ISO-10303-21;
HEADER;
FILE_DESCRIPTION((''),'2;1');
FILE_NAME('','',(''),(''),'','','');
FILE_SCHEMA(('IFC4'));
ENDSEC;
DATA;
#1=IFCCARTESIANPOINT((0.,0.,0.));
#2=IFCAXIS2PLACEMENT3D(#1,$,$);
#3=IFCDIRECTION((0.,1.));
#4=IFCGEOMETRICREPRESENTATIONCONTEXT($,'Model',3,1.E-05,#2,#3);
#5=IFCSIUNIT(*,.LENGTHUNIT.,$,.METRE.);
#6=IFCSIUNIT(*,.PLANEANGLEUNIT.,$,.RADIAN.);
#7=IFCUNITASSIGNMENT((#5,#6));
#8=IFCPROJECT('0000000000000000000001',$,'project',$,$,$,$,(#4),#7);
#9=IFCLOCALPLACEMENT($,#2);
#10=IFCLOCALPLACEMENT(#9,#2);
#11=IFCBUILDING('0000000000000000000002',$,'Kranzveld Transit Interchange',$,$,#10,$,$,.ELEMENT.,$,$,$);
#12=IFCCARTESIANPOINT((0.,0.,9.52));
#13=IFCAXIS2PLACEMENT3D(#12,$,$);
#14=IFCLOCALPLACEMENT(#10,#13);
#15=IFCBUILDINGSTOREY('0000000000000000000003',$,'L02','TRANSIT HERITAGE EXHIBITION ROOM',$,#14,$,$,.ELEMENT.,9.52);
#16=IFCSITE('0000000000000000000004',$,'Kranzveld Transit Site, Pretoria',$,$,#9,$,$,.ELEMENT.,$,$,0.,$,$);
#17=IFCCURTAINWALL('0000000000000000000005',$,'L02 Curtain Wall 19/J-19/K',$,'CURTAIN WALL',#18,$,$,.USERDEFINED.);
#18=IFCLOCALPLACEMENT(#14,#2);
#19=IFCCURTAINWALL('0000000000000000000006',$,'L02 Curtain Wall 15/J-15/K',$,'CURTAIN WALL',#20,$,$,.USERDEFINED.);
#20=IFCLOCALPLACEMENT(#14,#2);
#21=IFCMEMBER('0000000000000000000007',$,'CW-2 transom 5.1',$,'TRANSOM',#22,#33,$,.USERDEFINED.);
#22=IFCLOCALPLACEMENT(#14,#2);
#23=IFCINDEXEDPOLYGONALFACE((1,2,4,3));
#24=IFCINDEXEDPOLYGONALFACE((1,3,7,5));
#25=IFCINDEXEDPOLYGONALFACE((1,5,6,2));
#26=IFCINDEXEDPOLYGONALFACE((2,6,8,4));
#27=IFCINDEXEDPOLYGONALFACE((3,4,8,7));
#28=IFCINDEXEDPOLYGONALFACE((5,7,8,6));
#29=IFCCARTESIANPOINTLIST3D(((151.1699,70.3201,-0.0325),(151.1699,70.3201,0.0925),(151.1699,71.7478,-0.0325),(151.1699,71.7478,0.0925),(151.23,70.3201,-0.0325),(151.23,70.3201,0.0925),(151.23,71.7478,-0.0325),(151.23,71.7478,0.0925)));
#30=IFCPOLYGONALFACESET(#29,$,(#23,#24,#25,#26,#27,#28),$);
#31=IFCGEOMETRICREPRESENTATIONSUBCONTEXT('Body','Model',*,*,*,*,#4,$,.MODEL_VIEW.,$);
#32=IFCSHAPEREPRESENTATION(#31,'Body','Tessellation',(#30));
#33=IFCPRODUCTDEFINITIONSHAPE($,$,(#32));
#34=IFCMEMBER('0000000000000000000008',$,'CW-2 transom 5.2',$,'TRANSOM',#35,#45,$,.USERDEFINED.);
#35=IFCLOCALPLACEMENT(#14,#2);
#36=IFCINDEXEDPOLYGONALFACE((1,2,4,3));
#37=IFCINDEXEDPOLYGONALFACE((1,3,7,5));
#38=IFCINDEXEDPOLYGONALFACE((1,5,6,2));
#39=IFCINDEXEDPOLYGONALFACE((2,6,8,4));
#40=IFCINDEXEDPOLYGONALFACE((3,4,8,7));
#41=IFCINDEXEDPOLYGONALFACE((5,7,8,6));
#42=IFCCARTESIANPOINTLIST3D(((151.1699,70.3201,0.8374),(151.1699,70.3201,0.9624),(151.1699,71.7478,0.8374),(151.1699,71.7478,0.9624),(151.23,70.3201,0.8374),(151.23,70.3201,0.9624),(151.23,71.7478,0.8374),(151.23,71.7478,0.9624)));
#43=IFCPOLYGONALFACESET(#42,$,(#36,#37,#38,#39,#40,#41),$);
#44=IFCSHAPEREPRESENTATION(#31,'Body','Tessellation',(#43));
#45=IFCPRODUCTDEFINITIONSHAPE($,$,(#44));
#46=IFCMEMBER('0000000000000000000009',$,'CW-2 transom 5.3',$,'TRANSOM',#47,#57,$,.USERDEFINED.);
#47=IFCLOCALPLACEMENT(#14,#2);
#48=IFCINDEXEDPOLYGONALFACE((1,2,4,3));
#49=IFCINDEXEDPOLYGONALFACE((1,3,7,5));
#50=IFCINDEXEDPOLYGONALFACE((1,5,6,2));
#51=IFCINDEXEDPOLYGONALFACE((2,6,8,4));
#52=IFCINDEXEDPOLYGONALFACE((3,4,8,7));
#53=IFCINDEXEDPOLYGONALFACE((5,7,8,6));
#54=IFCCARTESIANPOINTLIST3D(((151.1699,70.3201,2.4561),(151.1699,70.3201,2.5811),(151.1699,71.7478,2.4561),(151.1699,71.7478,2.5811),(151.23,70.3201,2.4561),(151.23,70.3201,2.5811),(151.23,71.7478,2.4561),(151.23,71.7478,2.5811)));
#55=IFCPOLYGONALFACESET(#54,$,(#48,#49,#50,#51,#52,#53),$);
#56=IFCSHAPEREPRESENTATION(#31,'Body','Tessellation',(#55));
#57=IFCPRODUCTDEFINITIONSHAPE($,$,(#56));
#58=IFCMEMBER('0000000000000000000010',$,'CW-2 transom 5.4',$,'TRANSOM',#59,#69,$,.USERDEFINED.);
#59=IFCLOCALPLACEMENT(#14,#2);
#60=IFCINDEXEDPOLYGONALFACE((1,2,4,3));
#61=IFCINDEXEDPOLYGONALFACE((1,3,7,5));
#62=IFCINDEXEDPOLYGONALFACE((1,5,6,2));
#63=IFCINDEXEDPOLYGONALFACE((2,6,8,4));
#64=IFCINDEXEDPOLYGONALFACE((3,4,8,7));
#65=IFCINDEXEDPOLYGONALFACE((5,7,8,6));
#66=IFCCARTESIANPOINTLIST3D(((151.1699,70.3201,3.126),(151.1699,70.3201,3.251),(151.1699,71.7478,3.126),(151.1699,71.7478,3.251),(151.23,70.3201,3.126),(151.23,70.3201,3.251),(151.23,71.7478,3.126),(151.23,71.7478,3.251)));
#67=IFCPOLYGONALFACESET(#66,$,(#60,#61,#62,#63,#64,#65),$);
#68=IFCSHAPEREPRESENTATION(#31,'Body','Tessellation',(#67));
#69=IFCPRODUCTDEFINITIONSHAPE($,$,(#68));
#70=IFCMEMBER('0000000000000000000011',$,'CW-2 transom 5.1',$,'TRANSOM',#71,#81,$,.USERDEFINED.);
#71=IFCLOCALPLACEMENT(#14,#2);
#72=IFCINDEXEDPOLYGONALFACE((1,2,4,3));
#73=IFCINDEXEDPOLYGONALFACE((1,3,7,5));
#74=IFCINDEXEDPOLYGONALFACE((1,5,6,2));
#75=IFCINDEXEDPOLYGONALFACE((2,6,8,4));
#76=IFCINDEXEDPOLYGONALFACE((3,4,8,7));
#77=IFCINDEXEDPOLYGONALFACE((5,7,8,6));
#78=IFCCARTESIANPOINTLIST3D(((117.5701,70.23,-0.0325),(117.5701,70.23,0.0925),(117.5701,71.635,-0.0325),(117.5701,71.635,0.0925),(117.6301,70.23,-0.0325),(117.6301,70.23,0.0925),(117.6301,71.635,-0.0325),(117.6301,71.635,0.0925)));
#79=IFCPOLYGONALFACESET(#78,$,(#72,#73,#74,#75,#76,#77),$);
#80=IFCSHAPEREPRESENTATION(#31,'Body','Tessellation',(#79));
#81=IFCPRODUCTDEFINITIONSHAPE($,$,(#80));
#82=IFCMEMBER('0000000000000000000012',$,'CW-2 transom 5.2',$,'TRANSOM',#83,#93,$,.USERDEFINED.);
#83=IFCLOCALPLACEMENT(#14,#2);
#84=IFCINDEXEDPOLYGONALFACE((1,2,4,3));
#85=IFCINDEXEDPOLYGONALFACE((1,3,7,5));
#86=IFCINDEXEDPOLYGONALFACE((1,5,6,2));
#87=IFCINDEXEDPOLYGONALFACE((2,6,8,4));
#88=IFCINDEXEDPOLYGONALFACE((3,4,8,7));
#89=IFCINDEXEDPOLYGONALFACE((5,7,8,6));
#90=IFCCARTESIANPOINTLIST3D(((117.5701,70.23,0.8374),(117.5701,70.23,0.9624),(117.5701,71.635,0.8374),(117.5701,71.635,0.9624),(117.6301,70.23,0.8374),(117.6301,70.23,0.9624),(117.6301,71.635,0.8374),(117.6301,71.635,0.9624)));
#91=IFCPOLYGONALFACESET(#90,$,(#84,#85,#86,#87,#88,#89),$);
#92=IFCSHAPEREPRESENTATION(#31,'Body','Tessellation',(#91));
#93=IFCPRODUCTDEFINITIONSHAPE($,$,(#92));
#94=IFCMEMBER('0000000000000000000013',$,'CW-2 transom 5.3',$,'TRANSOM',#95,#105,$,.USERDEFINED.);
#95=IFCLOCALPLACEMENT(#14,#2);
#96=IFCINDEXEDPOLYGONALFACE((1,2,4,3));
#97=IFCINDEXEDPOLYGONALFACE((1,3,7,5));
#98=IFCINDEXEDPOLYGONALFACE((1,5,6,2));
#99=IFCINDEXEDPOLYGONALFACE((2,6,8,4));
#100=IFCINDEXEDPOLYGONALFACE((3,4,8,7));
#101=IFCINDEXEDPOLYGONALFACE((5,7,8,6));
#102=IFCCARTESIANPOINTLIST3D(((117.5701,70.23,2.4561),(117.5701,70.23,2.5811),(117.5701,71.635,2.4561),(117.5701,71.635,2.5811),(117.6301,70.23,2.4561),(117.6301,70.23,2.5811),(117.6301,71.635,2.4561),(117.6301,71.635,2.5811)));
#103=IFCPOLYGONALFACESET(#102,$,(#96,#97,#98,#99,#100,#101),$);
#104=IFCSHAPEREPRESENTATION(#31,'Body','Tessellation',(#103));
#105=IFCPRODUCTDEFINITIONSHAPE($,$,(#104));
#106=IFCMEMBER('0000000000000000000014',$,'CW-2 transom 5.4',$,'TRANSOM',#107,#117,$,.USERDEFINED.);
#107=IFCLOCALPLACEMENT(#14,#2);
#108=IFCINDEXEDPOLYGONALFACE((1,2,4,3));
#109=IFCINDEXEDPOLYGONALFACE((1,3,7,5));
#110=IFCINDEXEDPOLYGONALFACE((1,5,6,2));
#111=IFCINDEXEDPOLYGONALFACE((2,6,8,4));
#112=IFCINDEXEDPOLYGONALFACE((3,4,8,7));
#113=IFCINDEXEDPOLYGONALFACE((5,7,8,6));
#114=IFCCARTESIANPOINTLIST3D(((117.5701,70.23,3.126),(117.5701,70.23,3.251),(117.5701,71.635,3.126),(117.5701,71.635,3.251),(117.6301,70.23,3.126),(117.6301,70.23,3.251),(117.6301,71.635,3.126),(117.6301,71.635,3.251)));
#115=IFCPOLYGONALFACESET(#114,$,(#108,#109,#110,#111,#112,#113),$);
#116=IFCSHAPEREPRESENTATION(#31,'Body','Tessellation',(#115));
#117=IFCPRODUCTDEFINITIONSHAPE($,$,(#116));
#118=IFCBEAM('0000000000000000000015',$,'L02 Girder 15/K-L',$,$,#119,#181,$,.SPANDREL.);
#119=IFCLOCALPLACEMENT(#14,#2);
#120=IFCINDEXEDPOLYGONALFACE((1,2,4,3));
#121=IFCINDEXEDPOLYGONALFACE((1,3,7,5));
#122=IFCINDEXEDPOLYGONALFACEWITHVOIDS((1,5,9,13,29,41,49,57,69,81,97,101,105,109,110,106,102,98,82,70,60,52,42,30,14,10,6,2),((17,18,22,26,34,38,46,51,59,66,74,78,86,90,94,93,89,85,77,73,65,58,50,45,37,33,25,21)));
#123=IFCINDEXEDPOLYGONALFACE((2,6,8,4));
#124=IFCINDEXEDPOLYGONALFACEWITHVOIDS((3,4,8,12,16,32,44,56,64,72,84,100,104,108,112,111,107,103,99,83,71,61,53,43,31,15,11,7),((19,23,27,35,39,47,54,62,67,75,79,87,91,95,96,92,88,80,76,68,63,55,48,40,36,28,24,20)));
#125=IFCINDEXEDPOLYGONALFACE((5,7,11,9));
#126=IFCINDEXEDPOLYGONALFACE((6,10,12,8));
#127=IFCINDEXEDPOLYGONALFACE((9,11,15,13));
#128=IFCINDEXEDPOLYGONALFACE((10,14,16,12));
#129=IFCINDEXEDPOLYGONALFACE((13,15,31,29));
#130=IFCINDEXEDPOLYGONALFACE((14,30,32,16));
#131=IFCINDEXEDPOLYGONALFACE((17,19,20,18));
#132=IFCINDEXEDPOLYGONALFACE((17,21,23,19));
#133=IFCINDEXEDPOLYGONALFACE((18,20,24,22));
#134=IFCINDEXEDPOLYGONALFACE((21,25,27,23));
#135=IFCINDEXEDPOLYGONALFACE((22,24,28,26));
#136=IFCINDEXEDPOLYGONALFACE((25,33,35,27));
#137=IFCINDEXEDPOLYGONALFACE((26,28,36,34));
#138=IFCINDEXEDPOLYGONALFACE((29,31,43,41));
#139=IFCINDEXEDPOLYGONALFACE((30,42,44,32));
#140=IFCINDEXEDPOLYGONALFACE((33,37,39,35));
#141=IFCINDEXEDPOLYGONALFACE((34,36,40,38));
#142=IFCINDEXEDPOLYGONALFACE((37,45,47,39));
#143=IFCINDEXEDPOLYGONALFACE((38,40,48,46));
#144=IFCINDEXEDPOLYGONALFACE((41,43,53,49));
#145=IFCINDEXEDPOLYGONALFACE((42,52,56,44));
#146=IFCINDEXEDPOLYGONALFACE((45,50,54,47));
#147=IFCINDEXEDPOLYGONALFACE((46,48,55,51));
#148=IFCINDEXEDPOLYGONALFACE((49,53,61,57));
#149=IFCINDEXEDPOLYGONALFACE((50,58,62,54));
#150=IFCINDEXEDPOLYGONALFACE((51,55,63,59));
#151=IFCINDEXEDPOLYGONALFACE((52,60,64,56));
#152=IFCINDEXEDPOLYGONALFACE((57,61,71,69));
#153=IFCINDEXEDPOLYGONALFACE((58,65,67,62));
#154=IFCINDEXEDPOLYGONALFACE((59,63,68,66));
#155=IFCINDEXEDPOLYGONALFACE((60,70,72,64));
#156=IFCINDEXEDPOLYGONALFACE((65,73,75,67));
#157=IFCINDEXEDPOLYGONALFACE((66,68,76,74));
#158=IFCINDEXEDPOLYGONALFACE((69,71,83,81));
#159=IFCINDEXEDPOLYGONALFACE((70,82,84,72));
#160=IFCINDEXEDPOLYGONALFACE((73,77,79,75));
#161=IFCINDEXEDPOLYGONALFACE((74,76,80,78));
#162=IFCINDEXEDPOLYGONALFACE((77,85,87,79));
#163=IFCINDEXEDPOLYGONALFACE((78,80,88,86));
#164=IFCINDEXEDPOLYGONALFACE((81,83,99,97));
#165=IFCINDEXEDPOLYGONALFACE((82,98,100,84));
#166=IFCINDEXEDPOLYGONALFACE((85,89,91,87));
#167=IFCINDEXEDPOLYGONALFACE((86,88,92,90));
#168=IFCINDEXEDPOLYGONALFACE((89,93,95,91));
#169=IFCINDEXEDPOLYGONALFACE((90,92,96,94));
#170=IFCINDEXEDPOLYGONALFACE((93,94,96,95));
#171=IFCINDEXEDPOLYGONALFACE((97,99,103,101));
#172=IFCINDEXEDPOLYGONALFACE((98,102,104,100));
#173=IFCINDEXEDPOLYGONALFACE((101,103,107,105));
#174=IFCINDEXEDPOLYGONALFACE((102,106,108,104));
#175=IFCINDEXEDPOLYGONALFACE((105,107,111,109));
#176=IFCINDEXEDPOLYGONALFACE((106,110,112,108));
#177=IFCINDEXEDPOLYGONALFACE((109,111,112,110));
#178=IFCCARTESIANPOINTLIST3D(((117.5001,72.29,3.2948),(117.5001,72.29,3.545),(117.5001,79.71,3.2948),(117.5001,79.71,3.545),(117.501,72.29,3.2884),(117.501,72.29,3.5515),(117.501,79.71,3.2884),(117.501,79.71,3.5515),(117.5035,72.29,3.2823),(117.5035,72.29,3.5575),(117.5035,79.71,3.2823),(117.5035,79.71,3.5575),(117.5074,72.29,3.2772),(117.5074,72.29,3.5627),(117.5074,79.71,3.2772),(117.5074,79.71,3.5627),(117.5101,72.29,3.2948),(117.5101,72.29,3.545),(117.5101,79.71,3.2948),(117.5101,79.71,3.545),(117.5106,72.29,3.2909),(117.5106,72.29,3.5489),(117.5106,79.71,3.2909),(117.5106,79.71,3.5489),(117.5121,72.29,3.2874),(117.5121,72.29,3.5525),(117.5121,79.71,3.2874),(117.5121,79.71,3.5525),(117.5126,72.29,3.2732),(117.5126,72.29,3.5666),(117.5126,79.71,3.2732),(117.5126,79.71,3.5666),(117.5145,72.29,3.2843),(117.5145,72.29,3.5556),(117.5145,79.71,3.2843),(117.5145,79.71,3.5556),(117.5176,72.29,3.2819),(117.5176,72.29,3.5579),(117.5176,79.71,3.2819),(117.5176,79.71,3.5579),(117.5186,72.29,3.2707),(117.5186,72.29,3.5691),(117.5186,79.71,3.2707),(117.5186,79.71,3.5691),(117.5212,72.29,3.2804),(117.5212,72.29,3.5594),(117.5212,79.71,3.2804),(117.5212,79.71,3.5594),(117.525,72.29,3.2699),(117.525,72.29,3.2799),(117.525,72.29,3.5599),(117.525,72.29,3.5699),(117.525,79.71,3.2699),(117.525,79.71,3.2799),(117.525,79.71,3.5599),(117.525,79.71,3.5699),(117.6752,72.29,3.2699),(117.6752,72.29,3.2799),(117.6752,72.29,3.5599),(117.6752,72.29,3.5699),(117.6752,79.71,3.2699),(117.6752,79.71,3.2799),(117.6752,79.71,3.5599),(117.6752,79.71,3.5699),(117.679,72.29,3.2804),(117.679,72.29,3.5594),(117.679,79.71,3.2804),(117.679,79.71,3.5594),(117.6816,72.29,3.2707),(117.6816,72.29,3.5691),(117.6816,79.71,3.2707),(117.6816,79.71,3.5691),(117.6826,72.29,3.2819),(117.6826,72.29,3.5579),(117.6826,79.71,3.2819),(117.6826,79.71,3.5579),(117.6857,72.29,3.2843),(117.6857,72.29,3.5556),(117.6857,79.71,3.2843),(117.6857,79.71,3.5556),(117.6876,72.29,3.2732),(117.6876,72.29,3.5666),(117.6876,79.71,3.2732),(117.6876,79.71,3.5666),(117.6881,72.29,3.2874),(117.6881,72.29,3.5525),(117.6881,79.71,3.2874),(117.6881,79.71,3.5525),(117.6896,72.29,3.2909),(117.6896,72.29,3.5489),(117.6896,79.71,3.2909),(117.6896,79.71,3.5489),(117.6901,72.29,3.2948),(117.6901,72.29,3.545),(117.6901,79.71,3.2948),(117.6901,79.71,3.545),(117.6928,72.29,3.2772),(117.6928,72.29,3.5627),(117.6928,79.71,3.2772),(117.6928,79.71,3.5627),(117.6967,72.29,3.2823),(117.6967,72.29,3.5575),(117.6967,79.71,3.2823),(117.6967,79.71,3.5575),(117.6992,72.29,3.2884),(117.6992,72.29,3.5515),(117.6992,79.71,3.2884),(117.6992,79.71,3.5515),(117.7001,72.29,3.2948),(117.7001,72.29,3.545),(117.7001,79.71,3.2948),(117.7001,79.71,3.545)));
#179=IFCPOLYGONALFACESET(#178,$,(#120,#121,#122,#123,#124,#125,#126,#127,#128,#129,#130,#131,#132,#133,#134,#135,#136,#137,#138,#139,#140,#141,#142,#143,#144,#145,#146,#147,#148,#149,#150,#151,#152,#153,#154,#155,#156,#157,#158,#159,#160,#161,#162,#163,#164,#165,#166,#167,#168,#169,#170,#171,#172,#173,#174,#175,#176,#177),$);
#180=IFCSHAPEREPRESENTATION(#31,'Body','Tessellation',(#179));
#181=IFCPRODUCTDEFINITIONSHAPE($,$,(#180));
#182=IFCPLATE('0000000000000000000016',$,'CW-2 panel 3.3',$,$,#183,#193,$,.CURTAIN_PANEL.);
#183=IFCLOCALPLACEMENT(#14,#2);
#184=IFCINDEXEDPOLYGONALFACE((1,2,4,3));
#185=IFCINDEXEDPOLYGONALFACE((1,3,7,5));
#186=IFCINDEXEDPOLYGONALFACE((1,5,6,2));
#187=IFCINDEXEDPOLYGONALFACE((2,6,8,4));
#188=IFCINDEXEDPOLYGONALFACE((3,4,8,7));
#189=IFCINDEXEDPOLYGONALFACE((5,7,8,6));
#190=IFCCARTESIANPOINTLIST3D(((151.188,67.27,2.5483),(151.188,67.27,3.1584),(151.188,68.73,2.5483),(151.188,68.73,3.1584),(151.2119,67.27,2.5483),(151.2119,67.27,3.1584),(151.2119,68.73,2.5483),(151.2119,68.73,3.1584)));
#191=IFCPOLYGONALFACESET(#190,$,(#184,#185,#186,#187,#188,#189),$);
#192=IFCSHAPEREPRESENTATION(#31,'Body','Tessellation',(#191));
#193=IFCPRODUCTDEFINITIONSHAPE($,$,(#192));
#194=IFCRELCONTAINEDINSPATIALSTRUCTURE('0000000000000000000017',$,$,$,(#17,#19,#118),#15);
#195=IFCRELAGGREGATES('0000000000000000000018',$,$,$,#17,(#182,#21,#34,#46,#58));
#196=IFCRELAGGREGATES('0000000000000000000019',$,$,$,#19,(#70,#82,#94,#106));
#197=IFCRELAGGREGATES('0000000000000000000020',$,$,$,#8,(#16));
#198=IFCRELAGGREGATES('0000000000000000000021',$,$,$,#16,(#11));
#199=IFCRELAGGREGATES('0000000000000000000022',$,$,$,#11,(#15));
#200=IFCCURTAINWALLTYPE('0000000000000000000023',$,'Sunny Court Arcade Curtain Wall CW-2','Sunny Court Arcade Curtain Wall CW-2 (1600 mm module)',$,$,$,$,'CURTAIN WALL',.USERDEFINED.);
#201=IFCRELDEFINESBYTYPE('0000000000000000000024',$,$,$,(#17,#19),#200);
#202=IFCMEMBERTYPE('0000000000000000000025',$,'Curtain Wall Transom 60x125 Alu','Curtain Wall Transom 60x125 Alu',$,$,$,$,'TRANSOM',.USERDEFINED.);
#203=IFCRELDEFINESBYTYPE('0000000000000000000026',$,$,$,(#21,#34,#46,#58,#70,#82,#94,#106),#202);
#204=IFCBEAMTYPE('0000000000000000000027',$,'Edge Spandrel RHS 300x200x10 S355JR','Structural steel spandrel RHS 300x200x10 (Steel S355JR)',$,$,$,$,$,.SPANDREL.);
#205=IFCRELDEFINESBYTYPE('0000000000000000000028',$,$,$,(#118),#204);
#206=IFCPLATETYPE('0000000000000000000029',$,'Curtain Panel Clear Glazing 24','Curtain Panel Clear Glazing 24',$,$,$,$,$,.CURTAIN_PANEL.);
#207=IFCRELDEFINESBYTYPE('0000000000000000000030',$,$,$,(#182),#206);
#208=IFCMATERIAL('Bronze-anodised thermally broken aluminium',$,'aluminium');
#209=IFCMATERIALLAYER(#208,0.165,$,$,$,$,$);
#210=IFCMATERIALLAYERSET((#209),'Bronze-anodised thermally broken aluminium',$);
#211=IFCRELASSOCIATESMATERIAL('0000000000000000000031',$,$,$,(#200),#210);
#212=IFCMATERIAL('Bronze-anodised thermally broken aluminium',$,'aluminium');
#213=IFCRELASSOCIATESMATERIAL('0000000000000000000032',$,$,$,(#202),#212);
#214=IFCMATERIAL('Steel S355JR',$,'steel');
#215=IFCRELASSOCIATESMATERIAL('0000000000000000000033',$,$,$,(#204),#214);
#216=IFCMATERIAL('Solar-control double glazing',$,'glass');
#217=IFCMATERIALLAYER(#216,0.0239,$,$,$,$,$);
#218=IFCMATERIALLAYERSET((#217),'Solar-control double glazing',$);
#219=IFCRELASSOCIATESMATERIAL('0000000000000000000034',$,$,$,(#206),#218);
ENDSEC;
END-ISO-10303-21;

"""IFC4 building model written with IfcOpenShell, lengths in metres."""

from ifc_helpers import new_model, si_unit, direction, frame, origin, origin_2d, place, context, subcontext, project, spatial, rectangle, hollow_rectangle, extrude, material, layer, layer_set, material_profile, profile_set, type_object, element, aggregate, save


model = new_model("IFC4")

# Units and contexts
model_context = context("Model", 3, precision=1e-05, world=origin(), true_north=direction((0.0, 1.0)))
body_context = subcontext(model_context, "Body", "Model", "MODEL_VIEW")
ifc_project = project(units=[si_unit("LENGTHUNIT", "METRE"), si_unit("PLANEANGLEUNIT", "RADIAN")], contexts=[model_context])

# Site, building, storey
site_placement = place(None, origin())
site = spatial("IfcSite", under=ifc_project, at=site_placement, Name="Kranzveld Transit Site, Pretoria", CompositionType="ELEMENT", RefElevation=0.0)
building_placement = place(site_placement, origin())
building = spatial("IfcBuilding", under=site, at=building_placement, Name="Kranzveld Transit Interchange", CompositionType="ELEMENT")
storey_placement = place(building_placement, frame((0.0, 0.0, 9.52)))
storey = spatial("IfcBuildingStorey", under=building, at=storey_placement, Name="L02", Description="TRANSIT HERITAGE EXHIBITION ROOM", CompositionType="ELEMENT", Elevation=9.52)

# Curtain walls
ifc_material_1 = material(Name="Bronze-anodised thermally broken aluminium", Category="aluminium")
ifc_layer_1 = layer(ifc_material_1, 0.165)
ifc_layer_set_1 = layer_set([ifc_layer_1], Name="Bronze-anodised thermally broken aluminium")
curtain_wall_type = type_object("IfcCurtainWallType", Name="Sunny Court Arcade Curtain Wall CW-2", Description="Sunny Court Arcade Curtain Wall CW-2 (1600 mm module)", ElementType="CURTAIN WALL", PredefinedType="USERDEFINED", material=ifc_layer_set_1)
curtain_wall_1_placement = place(storey_placement, origin())
curtain_wall_1 = element("IfcCurtainWall", 1, at=curtain_wall_1_placement, inside=storey, type_object=curtain_wall_type, Name="L02 Curtain Wall 19/J-19/K", ObjectType="CURTAIN WALL", PredefinedType="USERDEFINED")
curtain_wall_2_placement = place(storey_placement, origin())
curtain_wall_2 = element("IfcCurtainWall", 2, at=curtain_wall_2_placement, inside=storey, type_object=curtain_wall_type, Name="L02 Curtain Wall 15/J-15/K", ObjectType="CURTAIN WALL", PredefinedType="USERDEFINED")

# Members
ifc_material_2 = material(Name="Bronze-anodised thermally broken aluminium", Category="aluminium")
ifc_material_profile_1 = material_profile(ifc_material_2, rectangle(XDim=0.0601, YDim=0.125, at=origin_2d()), Name="ALU TRANSOM 60x125")
ifc_profile_set_1 = profile_set([ifc_material_profile_1], Name="Bronze-anodised thermally broken aluminium")
member_type_1 = type_object("IfcMemberType", Name="Curtain Wall Transom 60x125 Alu", Description="Curtain Wall Transom 60x125 Alu", ElementType="TRANSOM", PredefinedType="USERDEFINED", material=ifc_profile_set_1)
member_1_placement = place(storey_placement, frame((151.2, 70.3201, 0.03), z_axis=(0.0, 1.0, 0.0), x_axis=(-1.0, 0.0, 0.0)))
member_1 = element("IfcMember", 3, at=member_1_placement, type_object=member_type_1, Name="CW-2 transom 5.1", ObjectType="TRANSOM", PredefinedType="USERDEFINED", context=body_context, shape_type="SweptSolid", body=[
    extrude(rectangle(XDim=0.0601, YDim=0.125, at=origin_2d()), origin(), (0.0, 0.0, 1.0), 1.4277),
])
member_2_placement = place(storey_placement, frame((151.2, 70.3201, 0.8999), z_axis=(0.0, 1.0, 0.0), x_axis=(-1.0, 0.0, 0.0)))
member_2 = element("IfcMember", 4, at=member_2_placement, type_object=member_type_1, Name="CW-2 transom 5.2", ObjectType="TRANSOM", PredefinedType="USERDEFINED", context=body_context, shape_type="SweptSolid", body=[
    extrude(rectangle(XDim=0.0601, YDim=0.125, at=origin_2d()), origin(), (0.0, 0.0, 1.0), 1.4277),
])
member_3_placement = place(storey_placement, frame((151.2, 70.3201, 2.5186), z_axis=(0.0, 1.0, 0.0), x_axis=(-1.0, 0.0, 0.0)))
member_3 = element("IfcMember", 5, at=member_3_placement, type_object=member_type_1, Name="CW-2 transom 5.3", ObjectType="TRANSOM", PredefinedType="USERDEFINED", context=body_context, shape_type="SweptSolid", body=[
    extrude(rectangle(XDim=0.0601, YDim=0.125, at=origin_2d()), origin(), (0.0, 0.0, 1.0), 1.4277),
])
member_4_placement = place(storey_placement, frame((151.2, 70.3201, 3.1885), z_axis=(0.0, 1.0, 0.0), x_axis=(-1.0, 0.0, 0.0)))
member_4 = element("IfcMember", 6, at=member_4_placement, type_object=member_type_1, Name="CW-2 transom 5.4", ObjectType="TRANSOM", PredefinedType="USERDEFINED", context=body_context, shape_type="SweptSolid", body=[
    extrude(rectangle(XDim=0.0601, YDim=0.125, at=origin_2d()), origin(), (0.0, 0.0, 1.0), 1.4277),
])
member_5_placement = place(storey_placement, frame((117.6001, 70.23, 0.03), z_axis=(0.0, 1.0, 0.0), x_axis=(-1.0, 0.0, 0.0)))
member_5 = element("IfcMember", 7, at=member_5_placement, type_object=member_type_1, Name="CW-2 transom 5.1", ObjectType="TRANSOM", PredefinedType="USERDEFINED", context=body_context, shape_type="SweptSolid", body=[
    extrude(rectangle(XDim=0.0601, YDim=0.125, at=origin_2d()), origin(), (0.0, 0.0, 1.0), 1.405),
])
member_6_placement = place(storey_placement, frame((117.6001, 70.23, 0.8999), z_axis=(0.0, 1.0, 0.0), x_axis=(-1.0, 0.0, 0.0)))
member_6 = element("IfcMember", 8, at=member_6_placement, type_object=member_type_1, Name="CW-2 transom 5.2", ObjectType="TRANSOM", PredefinedType="USERDEFINED", context=body_context, shape_type="SweptSolid", body=[
    extrude(rectangle(XDim=0.0601, YDim=0.125, at=origin_2d()), origin(), (0.0, 0.0, 1.0), 1.405),
])
member_7_placement = place(storey_placement, frame((117.6001, 70.23, 2.5186), z_axis=(0.0, 1.0, 0.0), x_axis=(-1.0, 0.0, 0.0)))
member_7 = element("IfcMember", 9, at=member_7_placement, type_object=member_type_1, Name="CW-2 transom 5.3", ObjectType="TRANSOM", PredefinedType="USERDEFINED", context=body_context, shape_type="SweptSolid", body=[
    extrude(rectangle(XDim=0.0601, YDim=0.125, at=origin_2d()), origin(), (0.0, 0.0, 1.0), 1.405),
])
member_8_placement = place(storey_placement, frame((117.6001, 70.23, 3.1885), z_axis=(0.0, 1.0, 0.0), x_axis=(-1.0, 0.0, 0.0)))
member_8 = element("IfcMember", 10, at=member_8_placement, type_object=member_type_1, Name="CW-2 transom 5.4", ObjectType="TRANSOM", PredefinedType="USERDEFINED", context=body_context, shape_type="SweptSolid", body=[
    extrude(rectangle(XDim=0.0601, YDim=0.125, at=origin_2d()), origin(), (0.0, 0.0, 1.0), 1.405),
])

# Beam
ifc_material_3 = material(Name="Steel S355JR", Category="steel")
ifc_material_profile_2 = material_profile(ifc_material_3, hollow_rectangle(XDim=0.2, YDim=0.3, WallThickness=0.01, InnerFilletRadius=0.0149, OuterFilletRadius=0.0249, at=origin_2d()), Name="RHS 300x200x10")
ifc_profile_set_2 = profile_set([ifc_material_profile_2], Name="Steel S355JR")
beam_type = type_object("IfcBeamType", Name="Edge Spandrel RHS 300x200x10 S355JR", Description="Structural steel spandrel RHS 300x200x10 (Steel S355JR)", PredefinedType="SPANDREL", material=ifc_profile_set_2)
beam_placement = place(storey_placement, frame((117.6001, 72.29, 3.4199), z_axis=(0.0, 1.0, 0.0), x_axis=(-1.0, 0.0, 0.0)))
element("IfcBeam", 11, at=beam_placement, inside=storey, type_object=beam_type, Name="L02 Girder 15/K-L", PredefinedType="SPANDREL", context=body_context, shape_type="SweptSolid", body=[
    extrude(hollow_rectangle(XDim=0.2, YDim=0.3, WallThickness=0.01, InnerFilletRadius=0.0149, OuterFilletRadius=0.0249, at=origin_2d()), origin(), (0.0, 0.0, 1.0), 7.4199),
])

# Plate
ifc_material_4 = material(Name="Solar-control double glazing", Category="glass")
ifc_layer_2 = layer(ifc_material_4, 0.0239)
ifc_layer_set_2 = layer_set([ifc_layer_2], Name="Solar-control double glazing")
plate_type = type_object("IfcPlateType", Name="Curtain Panel Clear Glazing 24", Description="Curtain Panel Clear Glazing 24", PredefinedType="CURTAIN_PANEL", material=ifc_layer_set_2)
plate_1_placement = place(storey_placement, frame((151.2, 68.0, 2.5483), z_axis=(0.0, 0.0, 1.0), x_axis=(0.0, 1.0, 0.0)))
plate_1 = element("IfcPlate", 12, at=plate_1_placement, type_object=plate_type, Name="CW-2 panel 3.3", PredefinedType="CURTAIN_PANEL", context=body_context, shape_type="SweptSolid", body=[
    extrude(rectangle(XDim=1.46, YDim=0.0239, at=origin_2d()), origin(), (0.0, 0.0, 1.0), 0.6101),
])
aggregate(curtain_wall_1, [plate_1, member_1, member_2, member_3, member_4])
aggregate(curtain_wall_2, [member_5, member_6, member_7, member_8])

save(model, "model.ifc")
